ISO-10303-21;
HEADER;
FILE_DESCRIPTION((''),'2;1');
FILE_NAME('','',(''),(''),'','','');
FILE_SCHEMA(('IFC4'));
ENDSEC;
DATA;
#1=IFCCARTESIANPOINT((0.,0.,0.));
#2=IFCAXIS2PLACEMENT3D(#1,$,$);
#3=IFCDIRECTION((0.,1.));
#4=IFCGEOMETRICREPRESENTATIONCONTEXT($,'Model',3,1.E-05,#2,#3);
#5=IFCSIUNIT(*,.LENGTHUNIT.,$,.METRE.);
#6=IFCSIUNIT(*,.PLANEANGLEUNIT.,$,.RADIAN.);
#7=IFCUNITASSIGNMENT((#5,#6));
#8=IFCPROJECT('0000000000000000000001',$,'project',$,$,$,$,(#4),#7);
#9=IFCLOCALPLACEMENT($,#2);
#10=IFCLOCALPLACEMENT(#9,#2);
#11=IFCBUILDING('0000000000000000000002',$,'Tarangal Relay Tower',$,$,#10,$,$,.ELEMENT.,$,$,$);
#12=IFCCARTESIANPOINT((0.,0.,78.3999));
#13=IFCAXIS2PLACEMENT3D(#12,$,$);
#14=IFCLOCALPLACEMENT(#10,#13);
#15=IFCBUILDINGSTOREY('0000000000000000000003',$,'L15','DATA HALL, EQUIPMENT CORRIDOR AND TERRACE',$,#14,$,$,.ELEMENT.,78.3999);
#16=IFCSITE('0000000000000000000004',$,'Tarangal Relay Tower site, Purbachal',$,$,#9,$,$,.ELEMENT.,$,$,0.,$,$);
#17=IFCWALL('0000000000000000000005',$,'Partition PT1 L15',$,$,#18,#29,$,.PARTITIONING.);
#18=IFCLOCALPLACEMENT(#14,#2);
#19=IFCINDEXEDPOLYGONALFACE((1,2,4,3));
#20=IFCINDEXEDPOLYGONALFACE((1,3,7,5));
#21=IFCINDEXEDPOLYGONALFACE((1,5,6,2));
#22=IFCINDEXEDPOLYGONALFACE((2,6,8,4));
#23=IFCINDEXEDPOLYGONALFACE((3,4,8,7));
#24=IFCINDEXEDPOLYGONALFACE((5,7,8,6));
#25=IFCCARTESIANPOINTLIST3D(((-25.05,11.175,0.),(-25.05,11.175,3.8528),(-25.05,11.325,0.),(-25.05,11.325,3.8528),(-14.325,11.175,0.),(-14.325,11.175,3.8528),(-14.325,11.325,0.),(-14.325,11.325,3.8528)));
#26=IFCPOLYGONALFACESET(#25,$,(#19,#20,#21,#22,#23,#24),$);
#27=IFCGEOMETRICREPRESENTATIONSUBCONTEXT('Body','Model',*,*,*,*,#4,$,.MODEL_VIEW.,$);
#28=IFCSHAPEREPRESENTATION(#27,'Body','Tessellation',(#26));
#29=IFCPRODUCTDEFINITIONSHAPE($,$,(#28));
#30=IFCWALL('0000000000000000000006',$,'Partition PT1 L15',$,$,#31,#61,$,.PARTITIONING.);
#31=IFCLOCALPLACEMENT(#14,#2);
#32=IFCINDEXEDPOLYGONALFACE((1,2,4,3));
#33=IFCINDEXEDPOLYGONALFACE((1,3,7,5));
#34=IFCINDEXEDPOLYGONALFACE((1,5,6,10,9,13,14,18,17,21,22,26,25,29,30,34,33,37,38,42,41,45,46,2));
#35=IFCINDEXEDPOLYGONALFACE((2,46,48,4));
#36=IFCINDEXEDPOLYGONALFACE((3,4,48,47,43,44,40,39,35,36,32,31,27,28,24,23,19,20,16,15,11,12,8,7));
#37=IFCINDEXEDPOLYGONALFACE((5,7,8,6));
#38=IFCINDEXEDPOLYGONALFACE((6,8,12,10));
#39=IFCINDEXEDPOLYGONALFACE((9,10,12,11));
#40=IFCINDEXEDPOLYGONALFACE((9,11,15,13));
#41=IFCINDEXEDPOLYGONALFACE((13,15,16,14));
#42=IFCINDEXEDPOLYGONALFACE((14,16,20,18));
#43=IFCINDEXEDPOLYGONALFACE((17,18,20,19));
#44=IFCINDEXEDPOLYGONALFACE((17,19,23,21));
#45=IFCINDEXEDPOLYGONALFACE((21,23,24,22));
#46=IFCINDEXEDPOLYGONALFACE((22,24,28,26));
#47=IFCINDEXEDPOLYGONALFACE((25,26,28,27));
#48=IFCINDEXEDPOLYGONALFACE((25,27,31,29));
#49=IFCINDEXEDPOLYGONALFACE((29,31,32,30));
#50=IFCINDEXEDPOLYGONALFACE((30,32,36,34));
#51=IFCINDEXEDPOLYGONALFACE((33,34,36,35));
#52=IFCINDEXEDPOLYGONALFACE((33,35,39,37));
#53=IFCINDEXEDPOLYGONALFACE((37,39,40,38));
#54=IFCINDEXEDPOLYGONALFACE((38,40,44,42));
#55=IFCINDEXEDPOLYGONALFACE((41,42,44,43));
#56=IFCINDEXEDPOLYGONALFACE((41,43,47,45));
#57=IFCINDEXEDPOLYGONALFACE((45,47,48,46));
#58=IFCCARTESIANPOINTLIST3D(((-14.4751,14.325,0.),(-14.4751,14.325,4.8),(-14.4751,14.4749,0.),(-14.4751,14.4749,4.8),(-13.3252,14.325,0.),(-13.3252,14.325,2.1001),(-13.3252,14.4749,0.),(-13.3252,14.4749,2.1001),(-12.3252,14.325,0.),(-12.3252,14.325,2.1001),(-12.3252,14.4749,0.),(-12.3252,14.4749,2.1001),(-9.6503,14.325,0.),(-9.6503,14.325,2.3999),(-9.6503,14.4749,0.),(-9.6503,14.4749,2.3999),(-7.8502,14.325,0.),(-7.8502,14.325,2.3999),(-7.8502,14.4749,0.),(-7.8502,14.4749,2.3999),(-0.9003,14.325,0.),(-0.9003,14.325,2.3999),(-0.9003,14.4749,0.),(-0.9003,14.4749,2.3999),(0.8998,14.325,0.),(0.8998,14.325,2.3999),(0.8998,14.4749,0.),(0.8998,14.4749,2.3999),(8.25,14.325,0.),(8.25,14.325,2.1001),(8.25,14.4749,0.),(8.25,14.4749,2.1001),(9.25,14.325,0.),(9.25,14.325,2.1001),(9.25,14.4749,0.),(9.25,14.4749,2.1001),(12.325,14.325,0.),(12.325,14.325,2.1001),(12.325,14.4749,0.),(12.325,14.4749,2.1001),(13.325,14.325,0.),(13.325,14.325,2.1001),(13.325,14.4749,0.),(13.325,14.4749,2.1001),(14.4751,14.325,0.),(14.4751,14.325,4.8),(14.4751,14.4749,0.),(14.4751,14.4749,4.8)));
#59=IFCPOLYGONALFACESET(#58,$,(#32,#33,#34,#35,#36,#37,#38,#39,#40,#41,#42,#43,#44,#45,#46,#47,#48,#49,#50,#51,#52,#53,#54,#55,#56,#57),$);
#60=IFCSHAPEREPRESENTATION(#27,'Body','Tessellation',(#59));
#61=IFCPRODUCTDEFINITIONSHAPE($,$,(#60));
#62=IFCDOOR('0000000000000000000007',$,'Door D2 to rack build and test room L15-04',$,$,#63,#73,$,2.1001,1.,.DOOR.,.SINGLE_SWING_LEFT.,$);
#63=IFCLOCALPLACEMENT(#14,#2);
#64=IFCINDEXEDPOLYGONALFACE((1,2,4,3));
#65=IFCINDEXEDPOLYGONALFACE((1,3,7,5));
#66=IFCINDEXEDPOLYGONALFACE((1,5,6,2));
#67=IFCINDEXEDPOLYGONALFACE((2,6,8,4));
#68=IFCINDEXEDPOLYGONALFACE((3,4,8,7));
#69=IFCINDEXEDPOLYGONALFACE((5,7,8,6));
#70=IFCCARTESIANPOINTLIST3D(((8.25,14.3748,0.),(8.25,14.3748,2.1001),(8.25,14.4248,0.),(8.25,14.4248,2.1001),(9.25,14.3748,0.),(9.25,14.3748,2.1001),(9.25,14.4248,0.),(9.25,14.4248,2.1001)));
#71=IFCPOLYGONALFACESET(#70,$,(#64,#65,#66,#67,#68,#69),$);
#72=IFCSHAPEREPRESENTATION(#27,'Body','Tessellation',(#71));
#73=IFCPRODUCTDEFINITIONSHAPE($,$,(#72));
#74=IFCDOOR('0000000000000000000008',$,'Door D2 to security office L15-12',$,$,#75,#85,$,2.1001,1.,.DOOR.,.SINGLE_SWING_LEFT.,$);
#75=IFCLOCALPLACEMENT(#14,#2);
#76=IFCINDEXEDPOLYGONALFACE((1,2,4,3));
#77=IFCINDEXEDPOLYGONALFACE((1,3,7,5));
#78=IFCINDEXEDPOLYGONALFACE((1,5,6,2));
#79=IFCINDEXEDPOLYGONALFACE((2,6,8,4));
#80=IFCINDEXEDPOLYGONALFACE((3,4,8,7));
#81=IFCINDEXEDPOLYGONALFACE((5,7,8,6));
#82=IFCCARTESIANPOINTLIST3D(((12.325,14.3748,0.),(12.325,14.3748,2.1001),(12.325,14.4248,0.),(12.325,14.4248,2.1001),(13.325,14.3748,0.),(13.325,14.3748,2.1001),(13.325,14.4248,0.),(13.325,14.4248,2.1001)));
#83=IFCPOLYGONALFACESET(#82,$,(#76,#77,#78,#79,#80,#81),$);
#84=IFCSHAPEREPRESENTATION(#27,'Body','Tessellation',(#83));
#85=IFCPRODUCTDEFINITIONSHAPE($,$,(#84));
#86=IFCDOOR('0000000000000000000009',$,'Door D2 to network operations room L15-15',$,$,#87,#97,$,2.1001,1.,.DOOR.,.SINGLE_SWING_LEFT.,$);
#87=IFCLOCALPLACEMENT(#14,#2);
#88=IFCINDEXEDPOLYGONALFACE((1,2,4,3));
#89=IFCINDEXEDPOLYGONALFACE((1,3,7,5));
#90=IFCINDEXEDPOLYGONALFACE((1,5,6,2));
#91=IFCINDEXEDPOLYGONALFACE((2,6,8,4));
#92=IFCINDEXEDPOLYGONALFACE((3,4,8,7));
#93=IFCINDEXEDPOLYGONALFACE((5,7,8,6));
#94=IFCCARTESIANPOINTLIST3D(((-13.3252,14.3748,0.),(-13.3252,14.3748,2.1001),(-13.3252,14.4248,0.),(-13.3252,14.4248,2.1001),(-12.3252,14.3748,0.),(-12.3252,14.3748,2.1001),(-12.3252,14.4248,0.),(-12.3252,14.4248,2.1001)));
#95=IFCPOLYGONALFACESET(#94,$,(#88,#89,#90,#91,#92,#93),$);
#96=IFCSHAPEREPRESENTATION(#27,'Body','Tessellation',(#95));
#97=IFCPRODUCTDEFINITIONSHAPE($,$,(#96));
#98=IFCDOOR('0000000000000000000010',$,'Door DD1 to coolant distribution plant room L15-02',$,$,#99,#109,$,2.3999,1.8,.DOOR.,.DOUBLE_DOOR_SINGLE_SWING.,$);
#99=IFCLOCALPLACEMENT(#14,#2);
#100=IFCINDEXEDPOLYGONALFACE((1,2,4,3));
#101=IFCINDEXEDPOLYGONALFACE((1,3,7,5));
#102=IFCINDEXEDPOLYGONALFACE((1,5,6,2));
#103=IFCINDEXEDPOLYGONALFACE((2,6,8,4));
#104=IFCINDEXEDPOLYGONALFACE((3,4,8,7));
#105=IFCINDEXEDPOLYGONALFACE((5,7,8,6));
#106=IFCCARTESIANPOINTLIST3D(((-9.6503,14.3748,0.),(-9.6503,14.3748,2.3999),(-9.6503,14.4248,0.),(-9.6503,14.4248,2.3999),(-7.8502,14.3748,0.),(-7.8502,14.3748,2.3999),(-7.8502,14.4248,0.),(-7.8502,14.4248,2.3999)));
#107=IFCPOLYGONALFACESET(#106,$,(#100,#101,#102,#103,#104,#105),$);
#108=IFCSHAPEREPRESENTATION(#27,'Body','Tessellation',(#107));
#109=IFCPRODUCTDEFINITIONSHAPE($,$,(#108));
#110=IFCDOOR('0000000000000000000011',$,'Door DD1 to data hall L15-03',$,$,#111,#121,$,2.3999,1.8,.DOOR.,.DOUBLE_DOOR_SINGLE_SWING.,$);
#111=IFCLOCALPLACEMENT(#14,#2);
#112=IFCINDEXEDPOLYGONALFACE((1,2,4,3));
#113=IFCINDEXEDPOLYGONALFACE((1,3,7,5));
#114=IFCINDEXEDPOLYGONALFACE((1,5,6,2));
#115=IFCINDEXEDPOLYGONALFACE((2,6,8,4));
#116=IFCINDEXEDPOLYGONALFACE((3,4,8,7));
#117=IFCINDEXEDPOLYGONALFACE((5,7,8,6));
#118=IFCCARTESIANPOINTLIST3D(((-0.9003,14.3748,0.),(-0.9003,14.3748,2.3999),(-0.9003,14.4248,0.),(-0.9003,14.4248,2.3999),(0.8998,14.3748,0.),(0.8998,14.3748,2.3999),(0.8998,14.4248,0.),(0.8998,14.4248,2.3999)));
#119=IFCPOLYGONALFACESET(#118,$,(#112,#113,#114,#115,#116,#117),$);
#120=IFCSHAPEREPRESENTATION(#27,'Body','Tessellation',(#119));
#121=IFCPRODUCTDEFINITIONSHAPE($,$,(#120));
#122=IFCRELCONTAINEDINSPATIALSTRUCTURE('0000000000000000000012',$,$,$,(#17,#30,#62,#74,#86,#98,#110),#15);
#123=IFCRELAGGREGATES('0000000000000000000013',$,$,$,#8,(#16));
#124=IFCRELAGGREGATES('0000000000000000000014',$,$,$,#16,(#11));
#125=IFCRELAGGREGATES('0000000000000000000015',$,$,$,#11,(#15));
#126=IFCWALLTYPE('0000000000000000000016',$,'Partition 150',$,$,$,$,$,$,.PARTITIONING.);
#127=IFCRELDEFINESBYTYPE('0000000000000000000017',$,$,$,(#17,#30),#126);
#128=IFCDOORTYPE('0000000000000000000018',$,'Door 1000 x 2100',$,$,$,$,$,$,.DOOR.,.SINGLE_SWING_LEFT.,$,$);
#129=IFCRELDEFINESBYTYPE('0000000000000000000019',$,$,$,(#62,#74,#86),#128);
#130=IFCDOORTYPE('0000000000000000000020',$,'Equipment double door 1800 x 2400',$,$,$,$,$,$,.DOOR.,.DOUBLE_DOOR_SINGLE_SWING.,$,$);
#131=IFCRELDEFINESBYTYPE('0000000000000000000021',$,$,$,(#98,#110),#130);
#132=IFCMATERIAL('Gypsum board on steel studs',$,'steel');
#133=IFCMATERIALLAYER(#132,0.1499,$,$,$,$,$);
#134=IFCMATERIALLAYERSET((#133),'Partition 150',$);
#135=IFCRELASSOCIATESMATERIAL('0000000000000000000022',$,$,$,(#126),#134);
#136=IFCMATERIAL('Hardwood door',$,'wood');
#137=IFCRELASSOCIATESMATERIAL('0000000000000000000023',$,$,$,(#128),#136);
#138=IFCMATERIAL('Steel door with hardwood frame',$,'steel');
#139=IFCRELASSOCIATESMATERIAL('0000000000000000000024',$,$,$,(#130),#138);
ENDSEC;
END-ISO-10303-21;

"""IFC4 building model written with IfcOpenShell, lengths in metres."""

from ifc_helpers import new_model, si_unit, direction, frame, frame_2d, origin, place, context, subcontext, project, spatial, rectangle, extrude, material, layer, layer_set, type_object, element, fill, save


model = new_model("IFC4")

# Units and contexts
model_context = context("Model", 3, precision=1e-05, world=origin(), true_north=direction((0.0, 1.0)))
body_context = subcontext(model_context, "Body", "Model", "MODEL_VIEW")
ifc_project = project(units=[si_unit("LENGTHUNIT", "METRE"), si_unit("PLANEANGLEUNIT", "RADIAN")], contexts=[model_context])

# Site, building, storey
site_placement = place(None, origin())
site = spatial("IfcSite", under=ifc_project, at=site_placement, Name="Tarangal Relay Tower site, Purbachal", CompositionType="ELEMENT", RefElevation=0.0)
building_placement = place(site_placement, origin())
building = spatial("IfcBuilding", under=site, at=building_placement, Name="Tarangal Relay Tower", CompositionType="ELEMENT")
storey_placement = place(building_placement, frame((0.0, 0.0, 78.3999)))
storey = spatial("IfcBuildingStorey", under=building, at=storey_placement, Name="L15", Description="DATA HALL, EQUIPMENT CORRIDOR AND TERRACE", CompositionType="ELEMENT", Elevation=78.3999)

# Shared definitions
ifc_material_1 = material(Name="Steel door with hardwood frame", Category="steel")

# Wall
ifc_material_2 = material(Name="Gypsum board on steel studs", Category="steel")
ifc_layer_1 = layer(ifc_material_2, 0.1499)
ifc_layer_set_1 = layer_set([ifc_layer_1], Name="Partition 150")
wall_type_1 = type_object("IfcWallType", Name="Partition 150", PredefinedType="PARTITIONING", material=ifc_layer_set_1)
wall_1_placement = place(storey_placement, frame((-25.05, 11.25, 0.0), z_axis=(0.0, 0.0, 1.0), x_axis=(1.0, 0.0, 0.0)))
element("IfcWall", 1, at=wall_1_placement, inside=storey, type_object=wall_type_1, Name="Partition PT1 L15", PredefinedType="PARTITIONING", context=body_context, shape_type="SweptSolid", body=[
    extrude(rectangle(XDim=10.7251, YDim=0.1499, at=frame_2d((5.3625, 0.0))), origin(), (0.0, 0.0, 1.0), 3.8528),
])

# Wall, openings, doors
wall_2_placement = place(storey_placement, frame((-14.4751, 14.3999, 0.0), z_axis=(0.0, 0.0, 1.0), x_axis=(1.0, 0.0, 0.0)))
wall_2 = element("IfcWall", 2, at=wall_2_placement, inside=storey, type_object=wall_type_1, Name="Partition PT1 L15", PredefinedType="PARTITIONING", context=body_context, shape_type="SweptSolid", body=[
    extrude(rectangle(XDim=28.9502, YDim=0.1499, at=frame_2d((14.4751, 0.0))), origin(), (0.0, 0.0, 1.0), 4.8),
])
opening_1_placement = place(wall_2_placement, frame((4.825, 0.0, 0.0)))
opening_1 = element("IfcOpeningElement", 3, at=opening_1_placement, cuts=wall_2, PredefinedType="OPENING", context=body_context, shape_type="SweptSolid", body=[
    extrude(rectangle(XDim=1.8, YDim=2.3999, at=frame_2d((0.8999, 1.2))), frame((0.0, 0.085, 0.0), z_axis=(0.0, -1.0, 0.0), x_axis=(1.0, 0.0, 0.0)), (0.0, 0.0, 1.0), 0.1699),
])
opening_2_placement = place(wall_2_placement, frame((13.575, 0.0, 0.0)))
opening_2 = element("IfcOpeningElement", 4, at=opening_2_placement, cuts=wall_2, PredefinedType="OPENING", context=body_context, shape_type="SweptSolid", body=[
    extrude(rectangle(XDim=1.8, YDim=2.3999, at=frame_2d((0.8999, 1.2))), frame((0.0, 0.085, 0.0), z_axis=(0.0, -1.0, 0.0), x_axis=(1.0, 0.0, 0.0)), (0.0, 0.0, 1.0), 0.1699),
])
opening_3_placement = place(wall_2_placement, frame((22.7251, 0.0, 0.0)))
opening_3 = element("IfcOpeningElement", 5, at=opening_3_placement, cuts=wall_2, PredefinedType="OPENING", context=body_context, shape_type="SweptSolid", body=[
    extrude(rectangle(XDim=1.0, YDim=2.1001, at=frame_2d((0.5, 1.05))), frame((0.0, 0.085, 0.0), z_axis=(0.0, -1.0, 0.0), x_axis=(1.0, 0.0, 0.0)), (0.0, 0.0, 1.0), 0.1699),
])
opening_4_placement = place(wall_2_placement, frame((26.8, 0.0, 0.0)))
opening_4 = element("IfcOpeningElement", 6, at=opening_4_placement, cuts=wall_2, PredefinedType="OPENING", context=body_context, shape_type="SweptSolid", body=[
    extrude(rectangle(XDim=1.0, YDim=2.1001, at=frame_2d((0.5, 1.05))), frame((0.0, 0.085, 0.0), z_axis=(0.0, -1.0, 0.0), x_axis=(1.0, 0.0, 0.0)), (0.0, 0.0, 1.0), 0.1699),
])
opening_5_placement = place(wall_2_placement, frame((1.1499, 0.0, 0.0)))
opening_5 = element("IfcOpeningElement", 7, at=opening_5_placement, cuts=wall_2, PredefinedType="OPENING", context=body_context, shape_type="SweptSolid", body=[
    extrude(rectangle(XDim=1.0, YDim=2.1001, at=frame_2d((0.5, 1.05))), frame((0.0, 0.085, 0.0), z_axis=(0.0, -1.0, 0.0), x_axis=(1.0, 0.0, 0.0)), (0.0, 0.0, 1.0), 0.1699),
])
ifc_material_3 = material(Name="Hardwood door", Category="wood")
door_type_1 = type_object("IfcDoorType", Name="Door 1000 x 2100", OperationType="SINGLE_SWING_LEFT", PredefinedType="DOOR", material=ifc_material_3)
door_1_placement = place(opening_3_placement, origin())
door_1 = element("IfcDoor", 8, at=door_1_placement, inside=storey, type_object=door_type_1, Name="Door D2 to rack build and test room L15-04", OperationType="SINGLE_SWING_LEFT", OverallHeight=2.1001, OverallWidth=1.0, PredefinedType="DOOR", context=body_context, shape_type="SweptSolid", body=[
    extrude(rectangle(XDim=1.0, YDim=2.1001, at=frame_2d((0.5, 1.05))), frame((0.0, 0.0249, 0.0), z_axis=(0.0, -1.0, 0.0), x_axis=(1.0, 0.0, 0.0)), (0.0, 0.0, 1.0), 0.05),
])
fill(opening_3, door_1)
door_2_placement = place(opening_4_placement, origin())
door_2 = element("IfcDoor", 9, at=door_2_placement, inside=storey, type_object=door_type_1, Name="Door D2 to security office L15-12", OperationType="SINGLE_SWING_LEFT", OverallHeight=2.1001, OverallWidth=1.0, PredefinedType="DOOR", context=body_context, shape_type="SweptSolid", body=[
    extrude(rectangle(XDim=1.0, YDim=2.1001, at=frame_2d((0.5, 1.05))), frame((0.0, 0.0249, 0.0), z_axis=(0.0, -1.0, 0.0), x_axis=(1.0, 0.0, 0.0)), (0.0, 0.0, 1.0), 0.05),
])
fill(opening_4, door_2)
door_3_placement = place(opening_5_placement, origin())
door_3 = element("IfcDoor", 10, at=door_3_placement, inside=storey, type_object=door_type_1, Name="Door D2 to network operations room L15-15", OperationType="SINGLE_SWING_LEFT", OverallHeight=2.1001, OverallWidth=1.0, PredefinedType="DOOR", context=body_context, shape_type="SweptSolid", body=[
    extrude(rectangle(XDim=1.0, YDim=2.1001, at=frame_2d((0.5, 1.05))), frame((0.0, 0.0249, 0.0), z_axis=(0.0, -1.0, 0.0), x_axis=(1.0, 0.0, 0.0)), (0.0, 0.0, 1.0), 0.05),
])
fill(opening_5, door_3)
door_type_2 = type_object("IfcDoorType", Name="Equipment double door 1800 x 2400", OperationType="DOUBLE_DOOR_SINGLE_SWING", PredefinedType="DOOR", material=ifc_material_1)
door_4_placement = place(opening_1_placement, origin())
door_4 = element("IfcDoor", 11, at=door_4_placement, inside=storey, type_object=door_type_2, Name="Door DD1 to coolant distribution plant room L15-02", OperationType="DOUBLE_DOOR_SINGLE_SWING", OverallHeight=2.3999, OverallWidth=1.8, PredefinedType="DOOR", context=body_context, shape_type="SweptSolid", body=[
    extrude(rectangle(XDim=1.8, YDim=2.3999, at=frame_2d((0.8999, 1.2))), frame((0.0, 0.0249, 0.0), z_axis=(0.0, -1.0, 0.0), x_axis=(1.0, 0.0, 0.0)), (0.0, 0.0, 1.0), 0.05),
])
fill(opening_1, door_4)
door_5_placement = place(opening_2_placement, origin())
door_5 = element("IfcDoor", 12, at=door_5_placement, inside=storey, type_object=door_type_2, Name="Door DD1 to data hall L15-03", OperationType="DOUBLE_DOOR_SINGLE_SWING", OverallHeight=2.3999, OverallWidth=1.8, PredefinedType="DOOR", context=body_context, shape_type="SweptSolid", body=[
    extrude(rectangle(XDim=1.8, YDim=2.3999, at=frame_2d((0.8999, 1.2))), frame((0.0, 0.0249, 0.0), z_axis=(0.0, -1.0, 0.0), x_axis=(1.0, 0.0, 0.0)), (0.0, 0.0, 1.0), 0.05),
])
fill(opening_2, door_5)

save(model, "model.ifc")
